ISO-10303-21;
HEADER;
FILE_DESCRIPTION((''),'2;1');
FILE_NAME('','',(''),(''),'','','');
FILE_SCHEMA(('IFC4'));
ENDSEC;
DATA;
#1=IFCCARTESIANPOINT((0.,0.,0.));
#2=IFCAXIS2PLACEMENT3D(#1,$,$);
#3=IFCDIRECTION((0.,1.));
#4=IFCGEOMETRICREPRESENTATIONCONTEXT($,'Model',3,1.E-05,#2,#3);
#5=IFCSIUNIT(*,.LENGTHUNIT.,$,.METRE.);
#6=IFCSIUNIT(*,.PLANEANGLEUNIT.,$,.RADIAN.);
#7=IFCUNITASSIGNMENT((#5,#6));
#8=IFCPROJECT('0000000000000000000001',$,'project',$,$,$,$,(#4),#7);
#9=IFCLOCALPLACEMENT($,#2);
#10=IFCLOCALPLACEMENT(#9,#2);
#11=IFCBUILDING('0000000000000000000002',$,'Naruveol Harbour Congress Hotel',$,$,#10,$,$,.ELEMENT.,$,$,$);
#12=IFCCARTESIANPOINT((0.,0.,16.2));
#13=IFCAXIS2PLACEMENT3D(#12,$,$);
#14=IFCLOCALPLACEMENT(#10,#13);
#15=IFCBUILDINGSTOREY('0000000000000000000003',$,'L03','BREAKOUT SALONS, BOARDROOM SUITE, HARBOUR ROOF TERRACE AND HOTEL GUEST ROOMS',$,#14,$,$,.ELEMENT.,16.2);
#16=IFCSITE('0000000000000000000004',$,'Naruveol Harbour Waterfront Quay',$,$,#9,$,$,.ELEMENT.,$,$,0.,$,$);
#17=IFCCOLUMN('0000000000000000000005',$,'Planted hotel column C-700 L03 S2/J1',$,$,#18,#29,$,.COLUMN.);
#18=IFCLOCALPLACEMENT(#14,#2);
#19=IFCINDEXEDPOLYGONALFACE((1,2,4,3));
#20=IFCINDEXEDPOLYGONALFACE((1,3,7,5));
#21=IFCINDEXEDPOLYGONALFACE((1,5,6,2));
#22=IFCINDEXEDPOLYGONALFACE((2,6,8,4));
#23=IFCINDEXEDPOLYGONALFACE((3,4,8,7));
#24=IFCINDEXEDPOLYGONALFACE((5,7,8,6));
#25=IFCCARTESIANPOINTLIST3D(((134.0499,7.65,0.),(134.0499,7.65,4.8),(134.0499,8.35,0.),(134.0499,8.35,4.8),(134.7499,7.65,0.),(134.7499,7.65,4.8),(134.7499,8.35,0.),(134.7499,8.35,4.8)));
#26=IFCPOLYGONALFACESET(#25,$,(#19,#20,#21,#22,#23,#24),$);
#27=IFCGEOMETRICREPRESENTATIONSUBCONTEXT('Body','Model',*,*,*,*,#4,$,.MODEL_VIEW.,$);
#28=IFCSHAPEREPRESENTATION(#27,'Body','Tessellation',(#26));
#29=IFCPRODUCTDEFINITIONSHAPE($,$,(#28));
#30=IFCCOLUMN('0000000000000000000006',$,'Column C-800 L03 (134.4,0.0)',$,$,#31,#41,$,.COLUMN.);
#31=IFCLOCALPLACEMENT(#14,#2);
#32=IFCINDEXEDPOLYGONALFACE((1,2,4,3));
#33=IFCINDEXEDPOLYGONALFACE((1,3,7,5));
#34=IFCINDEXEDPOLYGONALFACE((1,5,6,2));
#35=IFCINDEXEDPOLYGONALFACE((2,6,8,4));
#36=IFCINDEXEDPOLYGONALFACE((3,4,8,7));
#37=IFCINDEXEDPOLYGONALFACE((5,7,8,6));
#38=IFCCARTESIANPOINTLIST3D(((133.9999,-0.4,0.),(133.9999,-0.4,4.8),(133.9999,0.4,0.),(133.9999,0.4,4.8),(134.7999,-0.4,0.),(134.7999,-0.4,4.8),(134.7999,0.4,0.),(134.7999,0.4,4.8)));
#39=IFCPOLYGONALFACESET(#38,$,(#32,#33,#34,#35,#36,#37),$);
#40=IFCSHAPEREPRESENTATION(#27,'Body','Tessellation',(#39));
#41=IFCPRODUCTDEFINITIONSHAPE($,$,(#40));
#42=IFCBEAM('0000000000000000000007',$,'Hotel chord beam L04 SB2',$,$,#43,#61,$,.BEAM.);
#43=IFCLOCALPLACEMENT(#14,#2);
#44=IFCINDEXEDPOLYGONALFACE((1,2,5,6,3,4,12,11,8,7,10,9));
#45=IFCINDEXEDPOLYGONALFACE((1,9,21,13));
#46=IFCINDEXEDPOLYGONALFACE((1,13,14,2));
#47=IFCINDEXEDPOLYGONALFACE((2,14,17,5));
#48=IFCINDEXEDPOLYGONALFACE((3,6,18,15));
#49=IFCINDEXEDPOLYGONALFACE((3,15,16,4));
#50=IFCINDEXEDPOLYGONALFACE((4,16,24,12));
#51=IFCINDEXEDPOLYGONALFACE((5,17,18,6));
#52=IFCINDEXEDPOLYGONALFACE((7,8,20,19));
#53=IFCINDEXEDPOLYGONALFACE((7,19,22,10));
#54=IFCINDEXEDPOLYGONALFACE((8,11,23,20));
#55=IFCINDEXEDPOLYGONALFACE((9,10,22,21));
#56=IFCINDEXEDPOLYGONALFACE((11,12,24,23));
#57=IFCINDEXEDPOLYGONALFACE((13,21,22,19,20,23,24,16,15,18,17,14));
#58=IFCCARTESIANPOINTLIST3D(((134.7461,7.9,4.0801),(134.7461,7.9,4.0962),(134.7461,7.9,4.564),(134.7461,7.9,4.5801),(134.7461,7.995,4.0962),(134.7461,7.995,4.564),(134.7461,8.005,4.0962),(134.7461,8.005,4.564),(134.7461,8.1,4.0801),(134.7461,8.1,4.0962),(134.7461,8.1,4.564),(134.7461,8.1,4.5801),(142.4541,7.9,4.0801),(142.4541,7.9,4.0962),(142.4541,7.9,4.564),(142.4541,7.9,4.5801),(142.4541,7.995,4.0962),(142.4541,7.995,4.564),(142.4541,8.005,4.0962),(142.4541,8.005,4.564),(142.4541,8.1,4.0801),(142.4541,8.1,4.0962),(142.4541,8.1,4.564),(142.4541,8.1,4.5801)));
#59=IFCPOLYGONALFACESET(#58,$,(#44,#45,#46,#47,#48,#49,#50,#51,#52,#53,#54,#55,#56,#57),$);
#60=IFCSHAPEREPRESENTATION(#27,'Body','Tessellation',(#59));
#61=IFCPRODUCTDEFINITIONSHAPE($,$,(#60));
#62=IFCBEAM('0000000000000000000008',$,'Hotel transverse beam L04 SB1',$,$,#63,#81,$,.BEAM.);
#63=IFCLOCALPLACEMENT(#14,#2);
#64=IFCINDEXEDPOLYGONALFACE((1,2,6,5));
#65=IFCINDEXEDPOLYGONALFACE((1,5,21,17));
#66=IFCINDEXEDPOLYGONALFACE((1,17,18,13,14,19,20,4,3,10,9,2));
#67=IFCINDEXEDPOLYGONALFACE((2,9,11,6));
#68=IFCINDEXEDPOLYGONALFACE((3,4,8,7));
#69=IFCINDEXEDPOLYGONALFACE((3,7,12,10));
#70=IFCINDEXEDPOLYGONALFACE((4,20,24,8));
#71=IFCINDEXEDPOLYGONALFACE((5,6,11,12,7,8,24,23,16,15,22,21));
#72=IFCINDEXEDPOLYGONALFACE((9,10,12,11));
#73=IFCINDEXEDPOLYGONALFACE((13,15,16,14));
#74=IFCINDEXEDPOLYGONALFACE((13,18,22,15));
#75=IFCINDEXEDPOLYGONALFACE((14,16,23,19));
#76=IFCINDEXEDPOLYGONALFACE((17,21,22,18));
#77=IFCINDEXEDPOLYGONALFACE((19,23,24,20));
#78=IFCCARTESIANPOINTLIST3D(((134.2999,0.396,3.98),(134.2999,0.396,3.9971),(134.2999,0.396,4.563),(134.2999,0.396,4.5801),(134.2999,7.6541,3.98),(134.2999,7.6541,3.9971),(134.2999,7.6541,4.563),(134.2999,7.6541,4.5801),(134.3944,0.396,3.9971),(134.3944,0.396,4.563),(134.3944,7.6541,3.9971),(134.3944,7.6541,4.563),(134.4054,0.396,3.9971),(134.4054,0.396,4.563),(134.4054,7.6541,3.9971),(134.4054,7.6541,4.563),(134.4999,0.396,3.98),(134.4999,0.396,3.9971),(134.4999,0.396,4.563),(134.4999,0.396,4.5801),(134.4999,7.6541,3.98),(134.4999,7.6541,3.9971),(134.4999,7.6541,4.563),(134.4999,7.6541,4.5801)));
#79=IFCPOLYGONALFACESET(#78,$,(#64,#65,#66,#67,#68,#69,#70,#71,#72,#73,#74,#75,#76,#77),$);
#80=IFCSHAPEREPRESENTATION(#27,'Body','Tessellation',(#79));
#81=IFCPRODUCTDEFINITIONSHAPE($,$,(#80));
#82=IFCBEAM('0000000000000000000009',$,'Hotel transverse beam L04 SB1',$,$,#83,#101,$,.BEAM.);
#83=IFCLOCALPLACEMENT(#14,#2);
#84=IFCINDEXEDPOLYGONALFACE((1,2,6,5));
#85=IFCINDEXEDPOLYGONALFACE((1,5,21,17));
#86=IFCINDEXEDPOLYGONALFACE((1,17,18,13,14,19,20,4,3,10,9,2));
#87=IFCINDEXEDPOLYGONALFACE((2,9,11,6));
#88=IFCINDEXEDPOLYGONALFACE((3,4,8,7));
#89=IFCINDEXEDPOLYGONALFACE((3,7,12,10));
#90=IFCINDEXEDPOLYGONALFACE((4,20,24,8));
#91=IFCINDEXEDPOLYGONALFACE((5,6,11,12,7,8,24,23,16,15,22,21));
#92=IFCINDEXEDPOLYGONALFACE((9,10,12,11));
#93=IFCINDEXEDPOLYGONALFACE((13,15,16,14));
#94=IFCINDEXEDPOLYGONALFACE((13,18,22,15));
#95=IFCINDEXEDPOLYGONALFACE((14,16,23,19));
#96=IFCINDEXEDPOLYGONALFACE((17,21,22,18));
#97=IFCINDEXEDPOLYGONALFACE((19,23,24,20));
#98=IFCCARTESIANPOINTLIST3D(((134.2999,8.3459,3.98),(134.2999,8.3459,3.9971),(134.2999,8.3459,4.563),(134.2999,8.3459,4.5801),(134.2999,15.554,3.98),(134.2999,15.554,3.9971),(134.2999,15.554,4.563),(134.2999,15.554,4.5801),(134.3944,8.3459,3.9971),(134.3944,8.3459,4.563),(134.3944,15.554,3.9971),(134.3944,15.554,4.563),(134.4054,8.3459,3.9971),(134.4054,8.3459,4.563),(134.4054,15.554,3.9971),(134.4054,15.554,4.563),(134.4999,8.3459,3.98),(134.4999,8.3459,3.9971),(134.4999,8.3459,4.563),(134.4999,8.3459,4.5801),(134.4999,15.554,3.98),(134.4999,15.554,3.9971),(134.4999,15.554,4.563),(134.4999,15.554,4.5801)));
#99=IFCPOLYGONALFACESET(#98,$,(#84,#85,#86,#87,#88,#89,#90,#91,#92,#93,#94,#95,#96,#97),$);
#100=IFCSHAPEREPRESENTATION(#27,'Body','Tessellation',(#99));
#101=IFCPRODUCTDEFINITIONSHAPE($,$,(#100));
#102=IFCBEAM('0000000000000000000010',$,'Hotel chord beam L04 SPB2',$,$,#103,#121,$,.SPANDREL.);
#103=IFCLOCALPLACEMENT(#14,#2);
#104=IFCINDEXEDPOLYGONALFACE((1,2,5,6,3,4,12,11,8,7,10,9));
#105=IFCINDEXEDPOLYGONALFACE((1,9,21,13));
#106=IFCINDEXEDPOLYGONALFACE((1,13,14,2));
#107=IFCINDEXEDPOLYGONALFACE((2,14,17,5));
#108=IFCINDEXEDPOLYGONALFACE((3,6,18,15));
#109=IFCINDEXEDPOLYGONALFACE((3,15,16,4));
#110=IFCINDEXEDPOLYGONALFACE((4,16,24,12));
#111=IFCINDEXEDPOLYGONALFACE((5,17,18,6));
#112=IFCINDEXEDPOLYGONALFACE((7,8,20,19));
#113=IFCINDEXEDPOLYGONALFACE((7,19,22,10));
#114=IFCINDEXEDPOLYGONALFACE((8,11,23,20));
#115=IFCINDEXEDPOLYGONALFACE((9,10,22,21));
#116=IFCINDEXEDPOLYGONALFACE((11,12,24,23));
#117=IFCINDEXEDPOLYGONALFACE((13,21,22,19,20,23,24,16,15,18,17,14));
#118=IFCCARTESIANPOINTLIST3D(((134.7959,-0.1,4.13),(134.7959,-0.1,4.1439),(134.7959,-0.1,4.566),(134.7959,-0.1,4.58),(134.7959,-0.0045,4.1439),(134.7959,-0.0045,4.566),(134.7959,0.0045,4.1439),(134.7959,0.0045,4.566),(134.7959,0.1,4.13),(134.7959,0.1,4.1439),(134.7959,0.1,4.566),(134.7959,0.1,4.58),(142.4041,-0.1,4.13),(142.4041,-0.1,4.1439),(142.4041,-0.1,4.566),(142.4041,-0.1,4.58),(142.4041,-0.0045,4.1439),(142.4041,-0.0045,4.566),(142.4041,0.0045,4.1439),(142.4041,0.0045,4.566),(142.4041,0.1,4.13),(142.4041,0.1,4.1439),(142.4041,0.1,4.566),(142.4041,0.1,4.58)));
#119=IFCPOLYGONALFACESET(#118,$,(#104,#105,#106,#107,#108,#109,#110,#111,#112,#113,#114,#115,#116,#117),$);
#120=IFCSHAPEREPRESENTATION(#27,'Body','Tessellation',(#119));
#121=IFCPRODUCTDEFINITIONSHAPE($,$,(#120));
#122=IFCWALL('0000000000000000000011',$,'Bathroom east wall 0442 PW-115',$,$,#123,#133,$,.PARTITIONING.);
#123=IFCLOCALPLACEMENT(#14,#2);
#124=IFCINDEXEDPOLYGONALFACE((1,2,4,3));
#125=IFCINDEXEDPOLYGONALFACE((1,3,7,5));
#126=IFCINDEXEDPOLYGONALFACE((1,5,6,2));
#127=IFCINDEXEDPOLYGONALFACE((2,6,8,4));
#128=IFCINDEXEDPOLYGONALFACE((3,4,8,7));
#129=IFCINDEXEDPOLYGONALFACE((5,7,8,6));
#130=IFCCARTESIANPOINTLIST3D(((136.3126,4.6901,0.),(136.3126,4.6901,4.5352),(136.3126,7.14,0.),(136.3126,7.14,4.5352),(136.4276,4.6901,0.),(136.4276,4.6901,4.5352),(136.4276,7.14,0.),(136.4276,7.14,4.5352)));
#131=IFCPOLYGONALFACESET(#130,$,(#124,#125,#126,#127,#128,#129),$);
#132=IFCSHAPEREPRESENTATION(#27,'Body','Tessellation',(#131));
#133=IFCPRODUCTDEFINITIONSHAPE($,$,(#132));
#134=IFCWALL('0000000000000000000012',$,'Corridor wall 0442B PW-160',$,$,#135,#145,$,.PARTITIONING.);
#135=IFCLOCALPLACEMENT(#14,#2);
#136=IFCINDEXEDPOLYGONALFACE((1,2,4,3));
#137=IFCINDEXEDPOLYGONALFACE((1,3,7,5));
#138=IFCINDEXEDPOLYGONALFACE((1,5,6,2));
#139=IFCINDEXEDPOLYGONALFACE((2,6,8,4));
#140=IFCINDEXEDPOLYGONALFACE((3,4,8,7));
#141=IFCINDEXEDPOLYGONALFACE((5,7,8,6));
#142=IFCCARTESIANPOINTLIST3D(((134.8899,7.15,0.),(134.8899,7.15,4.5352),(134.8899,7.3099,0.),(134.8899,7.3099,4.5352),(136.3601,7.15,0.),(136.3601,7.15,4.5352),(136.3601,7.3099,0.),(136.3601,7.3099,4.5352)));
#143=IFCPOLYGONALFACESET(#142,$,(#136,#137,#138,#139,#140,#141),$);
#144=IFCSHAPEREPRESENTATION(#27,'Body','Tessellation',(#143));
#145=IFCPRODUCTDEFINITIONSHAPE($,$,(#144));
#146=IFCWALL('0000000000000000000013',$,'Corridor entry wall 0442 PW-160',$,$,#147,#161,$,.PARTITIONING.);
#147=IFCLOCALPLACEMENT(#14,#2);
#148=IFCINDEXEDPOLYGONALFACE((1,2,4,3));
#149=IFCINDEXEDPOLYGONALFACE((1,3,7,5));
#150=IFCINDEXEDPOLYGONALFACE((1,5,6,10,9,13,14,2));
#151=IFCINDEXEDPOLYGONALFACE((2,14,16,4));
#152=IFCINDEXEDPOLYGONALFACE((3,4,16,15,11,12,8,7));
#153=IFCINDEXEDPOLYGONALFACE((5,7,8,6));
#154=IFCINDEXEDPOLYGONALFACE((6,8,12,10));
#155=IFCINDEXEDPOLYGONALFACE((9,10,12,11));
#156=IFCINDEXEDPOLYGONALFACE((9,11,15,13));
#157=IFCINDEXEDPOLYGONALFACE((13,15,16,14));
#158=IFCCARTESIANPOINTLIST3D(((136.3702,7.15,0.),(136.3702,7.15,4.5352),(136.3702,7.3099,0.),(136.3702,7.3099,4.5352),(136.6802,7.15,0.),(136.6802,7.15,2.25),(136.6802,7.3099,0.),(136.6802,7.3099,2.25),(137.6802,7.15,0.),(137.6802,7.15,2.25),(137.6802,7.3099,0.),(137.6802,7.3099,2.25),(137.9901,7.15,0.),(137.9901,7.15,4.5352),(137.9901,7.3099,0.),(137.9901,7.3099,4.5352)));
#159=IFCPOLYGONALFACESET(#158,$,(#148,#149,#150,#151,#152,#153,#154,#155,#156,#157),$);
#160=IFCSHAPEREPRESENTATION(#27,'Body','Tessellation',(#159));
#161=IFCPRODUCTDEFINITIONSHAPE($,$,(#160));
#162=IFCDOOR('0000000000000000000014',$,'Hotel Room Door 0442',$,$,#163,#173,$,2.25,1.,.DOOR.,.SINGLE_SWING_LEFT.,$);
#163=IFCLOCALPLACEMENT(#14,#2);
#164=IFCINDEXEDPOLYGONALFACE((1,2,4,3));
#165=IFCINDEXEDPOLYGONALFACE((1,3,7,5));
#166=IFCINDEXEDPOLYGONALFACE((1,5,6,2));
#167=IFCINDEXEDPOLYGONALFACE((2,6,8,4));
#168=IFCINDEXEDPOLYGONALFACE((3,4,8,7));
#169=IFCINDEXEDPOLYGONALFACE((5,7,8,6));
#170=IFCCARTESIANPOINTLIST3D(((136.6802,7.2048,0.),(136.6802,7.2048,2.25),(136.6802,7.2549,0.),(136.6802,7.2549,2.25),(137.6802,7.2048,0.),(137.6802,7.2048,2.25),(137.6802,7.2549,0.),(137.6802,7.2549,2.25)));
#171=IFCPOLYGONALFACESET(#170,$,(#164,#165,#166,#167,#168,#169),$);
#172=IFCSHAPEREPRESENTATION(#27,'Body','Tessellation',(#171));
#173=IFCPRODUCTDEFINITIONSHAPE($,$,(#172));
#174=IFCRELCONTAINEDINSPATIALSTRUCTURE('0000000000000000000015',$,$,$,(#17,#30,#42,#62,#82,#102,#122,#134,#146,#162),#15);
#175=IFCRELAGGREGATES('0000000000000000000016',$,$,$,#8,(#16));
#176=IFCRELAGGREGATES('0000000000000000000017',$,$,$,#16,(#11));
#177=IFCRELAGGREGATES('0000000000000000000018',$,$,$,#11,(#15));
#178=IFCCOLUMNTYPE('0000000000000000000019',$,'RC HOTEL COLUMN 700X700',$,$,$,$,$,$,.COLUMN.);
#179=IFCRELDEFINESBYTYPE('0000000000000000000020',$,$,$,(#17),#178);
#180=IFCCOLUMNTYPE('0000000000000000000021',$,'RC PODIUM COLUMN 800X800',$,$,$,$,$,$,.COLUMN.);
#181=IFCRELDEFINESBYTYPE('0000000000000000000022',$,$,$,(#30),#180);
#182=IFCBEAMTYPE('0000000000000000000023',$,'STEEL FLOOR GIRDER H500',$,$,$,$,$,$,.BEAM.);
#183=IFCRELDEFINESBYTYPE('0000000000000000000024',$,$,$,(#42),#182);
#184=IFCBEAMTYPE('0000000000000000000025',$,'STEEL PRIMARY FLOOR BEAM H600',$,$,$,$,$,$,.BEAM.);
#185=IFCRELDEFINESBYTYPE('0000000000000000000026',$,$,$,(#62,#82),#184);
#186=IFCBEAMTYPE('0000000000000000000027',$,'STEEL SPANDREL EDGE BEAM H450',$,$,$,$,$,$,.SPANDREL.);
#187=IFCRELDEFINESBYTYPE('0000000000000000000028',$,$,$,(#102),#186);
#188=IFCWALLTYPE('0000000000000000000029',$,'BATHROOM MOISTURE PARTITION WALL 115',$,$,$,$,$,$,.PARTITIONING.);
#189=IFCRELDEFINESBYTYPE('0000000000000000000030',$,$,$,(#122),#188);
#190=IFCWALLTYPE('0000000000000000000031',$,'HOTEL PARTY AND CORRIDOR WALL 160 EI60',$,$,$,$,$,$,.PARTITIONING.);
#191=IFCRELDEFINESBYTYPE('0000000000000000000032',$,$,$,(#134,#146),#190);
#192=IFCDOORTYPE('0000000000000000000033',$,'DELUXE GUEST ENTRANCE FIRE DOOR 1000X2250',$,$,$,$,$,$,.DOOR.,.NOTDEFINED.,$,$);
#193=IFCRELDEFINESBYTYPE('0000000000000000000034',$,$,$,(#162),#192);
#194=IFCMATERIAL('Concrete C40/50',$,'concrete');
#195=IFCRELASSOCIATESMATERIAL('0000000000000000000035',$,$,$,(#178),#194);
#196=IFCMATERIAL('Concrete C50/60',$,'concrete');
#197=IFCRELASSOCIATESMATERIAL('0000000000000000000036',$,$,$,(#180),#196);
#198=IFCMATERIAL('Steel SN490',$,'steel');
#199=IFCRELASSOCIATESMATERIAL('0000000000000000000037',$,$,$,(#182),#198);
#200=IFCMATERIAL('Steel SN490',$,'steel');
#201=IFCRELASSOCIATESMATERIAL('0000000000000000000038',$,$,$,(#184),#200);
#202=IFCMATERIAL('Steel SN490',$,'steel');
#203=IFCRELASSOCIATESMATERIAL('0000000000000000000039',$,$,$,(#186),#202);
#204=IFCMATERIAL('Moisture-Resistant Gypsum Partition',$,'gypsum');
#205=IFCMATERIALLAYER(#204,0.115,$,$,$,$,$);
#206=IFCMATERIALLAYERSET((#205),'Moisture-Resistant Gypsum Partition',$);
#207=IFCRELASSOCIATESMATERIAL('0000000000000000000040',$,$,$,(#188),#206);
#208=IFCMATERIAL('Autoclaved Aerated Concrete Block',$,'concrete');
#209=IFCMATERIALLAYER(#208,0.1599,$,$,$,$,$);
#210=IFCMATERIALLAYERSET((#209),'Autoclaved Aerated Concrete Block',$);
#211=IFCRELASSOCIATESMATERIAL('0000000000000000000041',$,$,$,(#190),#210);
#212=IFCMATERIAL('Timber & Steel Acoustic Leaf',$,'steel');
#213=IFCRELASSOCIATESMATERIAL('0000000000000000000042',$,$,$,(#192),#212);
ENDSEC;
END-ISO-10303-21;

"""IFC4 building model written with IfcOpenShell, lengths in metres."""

from ifc_helpers import new_model, si_unit, direction, frame, frame_2d, origin, origin_2d, place, context, subcontext, project, spatial, rectangle, i_section, extrude, material, layer, layer_set, material_profile, profile_set, type_object, element, fill, save


model = new_model("IFC4")

# Units and contexts
model_context = context("Model", 3, precision=1e-05, world=origin(), true_north=direction((0.0, 1.0)))
body_context = subcontext(model_context, "Body", "Model", "MODEL_VIEW")
ifc_project = project(units=[si_unit("LENGTHUNIT", "METRE"), si_unit("PLANEANGLEUNIT", "RADIAN")], contexts=[model_context])

# Site, building, storey
site_placement = place(None, origin())
site = spatial("IfcSite", under=ifc_project, at=site_placement, Name="Naruveol Harbour Waterfront Quay", CompositionType="ELEMENT", RefElevation=0.0)
building_placement = place(site_placement, origin())
building = spatial("IfcBuilding", under=site, at=building_placement, Name="Naruveol Harbour Congress Hotel", CompositionType="ELEMENT")
storey_placement = place(building_placement, frame((0.0, 0.0, 16.2)))
storey = spatial("IfcBuildingStorey", under=building, at=storey_placement, Name="L03", Description="BREAKOUT SALONS, BOARDROOM SUITE, HARBOUR ROOF TERRACE AND HOTEL GUEST ROOMS", CompositionType="ELEMENT", Elevation=16.2)

# Columns
ifc_material_1 = material(Name="Concrete C40/50", Category="concrete")
ifc_material_profile_1 = material_profile(ifc_material_1, rectangle(XDim=0.7, YDim=0.7, at=origin_2d()), Name="RC-700x700")
ifc_profile_set_1 = profile_set([ifc_material_profile_1], Name="Concrete C40/50")
column_type_1 = type_object("IfcColumnType", Name="RC HOTEL COLUMN 700X700", PredefinedType="COLUMN", material=ifc_profile_set_1)
column_1_placement = place(storey_placement, frame((134.3999, 8.0, 0.0), z_axis=(0.0, 0.0, 1.0), x_axis=(1.0, 0.0, 0.0)))
element("IfcColumn", 1, at=column_1_placement, inside=storey, type_object=column_type_1, Name="Planted hotel column C-700 L03 S2/J1", PredefinedType="COLUMN", context=body_context, shape_type="SweptSolid", body=[
    extrude(rectangle(XDim=0.7, YDim=0.7, at=origin_2d()), origin(), (0.0, 0.0, 1.0), 4.8),
])
ifc_material_2 = material(Name="Concrete C50/60", Category="concrete")
ifc_material_profile_2 = material_profile(ifc_material_2, rectangle(XDim=0.8, YDim=0.8, at=origin_2d()), Name="RC-800x800")
ifc_profile_set_2 = profile_set([ifc_material_profile_2], Name="Concrete C50/60")
column_type_2 = type_object("IfcColumnType", Name="RC PODIUM COLUMN 800X800", PredefinedType="COLUMN", material=ifc_profile_set_2)
column_2_placement = place(storey_placement, frame((134.3999, 0.0, 0.0), z_axis=(0.0, 0.0, 1.0), x_axis=(1.0, 0.0, 0.0)))
element("IfcColumn", 2, at=column_2_placement, inside=storey, type_object=column_type_2, Name="Column C-800 L03 (134.4,0.0)", PredefinedType="COLUMN", context=body_context, shape_type="SweptSolid", body=[
    extrude(rectangle(XDim=0.8, YDim=0.8, at=origin_2d()), origin(), (0.0, 0.0, 1.0), 4.8),
])

# Beams
ifc_material_3 = material(Name="Steel SN490", Category="steel")
ifc_material_profile_3 = material_profile(ifc_material_3, i_section(OverallWidth=0.2, OverallDepth=0.5, WebThickness=0.01, FlangeThickness=0.0161, at=origin_2d()), Name="H-500x200x10x16")
ifc_profile_set_3 = profile_set([ifc_material_profile_3], Name="Steel SN490")
beam_type_1 = type_object("IfcBeamType", Name="STEEL FLOOR GIRDER H500", PredefinedType="BEAM", material=ifc_profile_set_3)
beam_1_placement = place(storey_placement, frame((134.7461, 8.0, 4.3301), z_axis=(1.0, 0.0, 0.0), x_axis=(0.0, 1.0, 0.0)))
element("IfcBeam", 3, at=beam_1_placement, inside=storey, type_object=beam_type_1, Name="Hotel chord beam L04 SB2", PredefinedType="BEAM", context=body_context, shape_type="SweptSolid", body=[
    extrude(i_section(OverallWidth=0.2, OverallDepth=0.5, WebThickness=0.01, FlangeThickness=0.0161, at=origin_2d()), origin(), (0.0, 0.0, 1.0), 7.708),
])
ifc_material_4 = material(Name="Steel SN490", Category="steel")
ifc_material_profile_4 = material_profile(ifc_material_4, i_section(OverallWidth=0.2, OverallDepth=0.6001, WebThickness=0.011, FlangeThickness=0.0171, at=origin_2d()), Name="H-600x200x11x17")
ifc_profile_set_4 = profile_set([ifc_material_profile_4], Name="Steel SN490")
beam_type_2 = type_object("IfcBeamType", Name="STEEL PRIMARY FLOOR BEAM H600", PredefinedType="BEAM", material=ifc_profile_set_4)
beam_2_placement = place(storey_placement, frame((134.3999, 0.396, 4.28), z_axis=(0.0, 1.0, 0.0), x_axis=(-1.0, 0.0, 0.0)))
element("IfcBeam", 4, at=beam_2_placement, inside=storey, type_object=beam_type_2, Name="Hotel transverse beam L04 SB1", PredefinedType="BEAM", context=body_context, shape_type="SweptSolid", body=[
    extrude(i_section(OverallWidth=0.2, OverallDepth=0.6001, WebThickness=0.011, FlangeThickness=0.0171, at=origin_2d()), origin(), (0.0, 0.0, 1.0), 7.2581),
])
beam_3_placement = place(storey_placement, frame((134.3999, 8.3459, 4.28), z_axis=(0.0, 1.0, 0.0), x_axis=(-1.0, 0.0, 0.0)))
element("IfcBeam", 5, at=beam_3_placement, inside=storey, type_object=beam_type_2, Name="Hotel transverse beam L04 SB1", PredefinedType="BEAM", context=body_context, shape_type="SweptSolid", body=[
    extrude(i_section(OverallWidth=0.2, OverallDepth=0.6001, WebThickness=0.011, FlangeThickness=0.0171, at=origin_2d()), origin(), (0.0, 0.0, 1.0), 7.208),
])
ifc_material_5 = material(Name="Steel SN490", Category="steel")
ifc_material_profile_5 = material_profile(ifc_material_5, i_section(OverallWidth=0.2, OverallDepth=0.45, WebThickness=0.009, FlangeThickness=0.0139, at=origin_2d()), Name="H-450x200x9x14")
ifc_profile_set_5 = profile_set([ifc_material_profile_5], Name="Steel SN490")
beam_type_3 = type_object("IfcBeamType", Name="STEEL SPANDREL EDGE BEAM H450", PredefinedType="SPANDREL", material=ifc_profile_set_5)
beam_4_placement = place(storey_placement, frame((134.7959, 0.0, 4.355), z_axis=(1.0, 0.0, 0.0), x_axis=(0.0, 1.0, 0.0)))
element("IfcBeam", 6, at=beam_4_placement, inside=storey, type_object=beam_type_3, Name="Hotel chord beam L04 SPB2", PredefinedType="SPANDREL", context=body_context, shape_type="SweptSolid", body=[
    extrude(i_section(OverallWidth=0.2, OverallDepth=0.45, WebThickness=0.009, FlangeThickness=0.0139, at=origin_2d()), origin(), (0.0, 0.0, 1.0), 7.6082),
])

# Wall
ifc_material_6 = material(Name="Moisture-Resistant Gypsum Partition", Category="gypsum")
ifc_layer_1 = layer(ifc_material_6, 0.115)
ifc_layer_set_1 = layer_set([ifc_layer_1], Name="Moisture-Resistant Gypsum Partition")
wall_type_1 = type_object("IfcWallType", Name="BATHROOM MOISTURE PARTITION WALL 115", PredefinedType="PARTITIONING", material=ifc_layer_set_1)
wall_1_placement = place(storey_placement, frame((136.3701, 4.6899, 0.0), z_axis=(0.0, 0.0, 1.0), x_axis=(0.0, 1.0, 0.0)))
element("IfcWall", 7, at=wall_1_placement, inside=storey, type_object=wall_type_1, Name="Bathroom east wall 0442 PW-115", PredefinedType="PARTITIONING", context=body_context, shape_type="SweptSolid", body=[
    extrude(rectangle(XDim=2.45, YDim=0.115, at=frame_2d((1.2251, 0.0))), origin(), (0.0, 0.0, 1.0), 4.5352),
])

# Wall
ifc_material_7 = material(Name="Autoclaved Aerated Concrete Block", Category="concrete")
ifc_layer_2 = layer(ifc_material_7, 0.1599)
ifc_layer_set_2 = layer_set([ifc_layer_2], Name="Autoclaved Aerated Concrete Block")
wall_type_2 = type_object("IfcWallType", Name="HOTEL PARTY AND CORRIDOR WALL 160 EI60", PredefinedType="PARTITIONING", material=ifc_layer_set_2)
wall_2_placement = place(storey_placement, frame((134.8899, 7.23, 0.0), z_axis=(0.0, 0.0, 1.0), x_axis=(1.0, 0.0, 0.0)))
element("IfcWall", 8, at=wall_2_placement, inside=storey, type_object=wall_type_2, Name="Corridor wall 0442B PW-160", PredefinedType="PARTITIONING", context=body_context, shape_type="SweptSolid", body=[
    extrude(rectangle(XDim=1.4702, YDim=0.1599, at=frame_2d((0.7351, 0.0))), origin(), (0.0, 0.0, 1.0), 4.5352),
])

# Wall, opening, door
wall_3_placement = place(storey_placement, frame((136.3701, 7.23, 0.0), z_axis=(0.0, 0.0, 1.0), x_axis=(1.0, 0.0, 0.0)))
wall_3 = element("IfcWall", 9, at=wall_3_placement, inside=storey, type_object=wall_type_2, Name="Corridor entry wall 0442 PW-160", PredefinedType="PARTITIONING", context=body_context, shape_type="SweptSolid", body=[
    extrude(rectangle(XDim=1.6199, YDim=0.1599, at=frame_2d((0.8101, 0.0))), origin(), (0.0, 0.0, 1.0), 4.5352),
])
opening_1_placement = place(wall_3_placement, frame((0.3101, 0.0, 0.0)))
opening_1 = element("IfcOpeningElement", 10, at=opening_1_placement, cuts=wall_3, PredefinedType="OPENING", context=body_context, shape_type="SweptSolid", body=[
    extrude(rectangle(XDim=1.0, YDim=2.25, at=frame_2d((0.5, 1.125))), frame((0.0, 0.0898, 0.0), z_axis=(0.0, -1.0, 0.0), x_axis=(1.0, 0.0, 0.0)), (0.0, 0.0, 1.0), 0.1799),
])
ifc_material_8 = material(Name="Timber & Steel Acoustic Leaf", Category="steel")
door_type_1 = type_object("IfcDoorType", Name="DELUXE GUEST ENTRANCE FIRE DOOR 1000X2250", OperationType="NOTDEFINED", PredefinedType="DOOR", material=ifc_material_8)
door_1_placement = place(opening_1_placement, origin())
door_1 = element("IfcDoor", 11, at=door_1_placement, inside=storey, type_object=door_type_1, Name="Hotel Room Door 0442", OperationType="SINGLE_SWING_LEFT", OverallHeight=2.25, OverallWidth=1.0, PredefinedType="DOOR", context=body_context, shape_type="SweptSolid", body=[
    extrude(rectangle(XDim=1.0, YDim=2.25, at=frame_2d((0.5, 1.125))), frame((0.0, 0.0249, 0.0), z_axis=(0.0, -1.0, 0.0), x_axis=(1.0, 0.0, 0.0)), (0.0, 0.0, 1.0), 0.05),
])
fill(opening_1, door_1)

save(model, "model.ifc")
